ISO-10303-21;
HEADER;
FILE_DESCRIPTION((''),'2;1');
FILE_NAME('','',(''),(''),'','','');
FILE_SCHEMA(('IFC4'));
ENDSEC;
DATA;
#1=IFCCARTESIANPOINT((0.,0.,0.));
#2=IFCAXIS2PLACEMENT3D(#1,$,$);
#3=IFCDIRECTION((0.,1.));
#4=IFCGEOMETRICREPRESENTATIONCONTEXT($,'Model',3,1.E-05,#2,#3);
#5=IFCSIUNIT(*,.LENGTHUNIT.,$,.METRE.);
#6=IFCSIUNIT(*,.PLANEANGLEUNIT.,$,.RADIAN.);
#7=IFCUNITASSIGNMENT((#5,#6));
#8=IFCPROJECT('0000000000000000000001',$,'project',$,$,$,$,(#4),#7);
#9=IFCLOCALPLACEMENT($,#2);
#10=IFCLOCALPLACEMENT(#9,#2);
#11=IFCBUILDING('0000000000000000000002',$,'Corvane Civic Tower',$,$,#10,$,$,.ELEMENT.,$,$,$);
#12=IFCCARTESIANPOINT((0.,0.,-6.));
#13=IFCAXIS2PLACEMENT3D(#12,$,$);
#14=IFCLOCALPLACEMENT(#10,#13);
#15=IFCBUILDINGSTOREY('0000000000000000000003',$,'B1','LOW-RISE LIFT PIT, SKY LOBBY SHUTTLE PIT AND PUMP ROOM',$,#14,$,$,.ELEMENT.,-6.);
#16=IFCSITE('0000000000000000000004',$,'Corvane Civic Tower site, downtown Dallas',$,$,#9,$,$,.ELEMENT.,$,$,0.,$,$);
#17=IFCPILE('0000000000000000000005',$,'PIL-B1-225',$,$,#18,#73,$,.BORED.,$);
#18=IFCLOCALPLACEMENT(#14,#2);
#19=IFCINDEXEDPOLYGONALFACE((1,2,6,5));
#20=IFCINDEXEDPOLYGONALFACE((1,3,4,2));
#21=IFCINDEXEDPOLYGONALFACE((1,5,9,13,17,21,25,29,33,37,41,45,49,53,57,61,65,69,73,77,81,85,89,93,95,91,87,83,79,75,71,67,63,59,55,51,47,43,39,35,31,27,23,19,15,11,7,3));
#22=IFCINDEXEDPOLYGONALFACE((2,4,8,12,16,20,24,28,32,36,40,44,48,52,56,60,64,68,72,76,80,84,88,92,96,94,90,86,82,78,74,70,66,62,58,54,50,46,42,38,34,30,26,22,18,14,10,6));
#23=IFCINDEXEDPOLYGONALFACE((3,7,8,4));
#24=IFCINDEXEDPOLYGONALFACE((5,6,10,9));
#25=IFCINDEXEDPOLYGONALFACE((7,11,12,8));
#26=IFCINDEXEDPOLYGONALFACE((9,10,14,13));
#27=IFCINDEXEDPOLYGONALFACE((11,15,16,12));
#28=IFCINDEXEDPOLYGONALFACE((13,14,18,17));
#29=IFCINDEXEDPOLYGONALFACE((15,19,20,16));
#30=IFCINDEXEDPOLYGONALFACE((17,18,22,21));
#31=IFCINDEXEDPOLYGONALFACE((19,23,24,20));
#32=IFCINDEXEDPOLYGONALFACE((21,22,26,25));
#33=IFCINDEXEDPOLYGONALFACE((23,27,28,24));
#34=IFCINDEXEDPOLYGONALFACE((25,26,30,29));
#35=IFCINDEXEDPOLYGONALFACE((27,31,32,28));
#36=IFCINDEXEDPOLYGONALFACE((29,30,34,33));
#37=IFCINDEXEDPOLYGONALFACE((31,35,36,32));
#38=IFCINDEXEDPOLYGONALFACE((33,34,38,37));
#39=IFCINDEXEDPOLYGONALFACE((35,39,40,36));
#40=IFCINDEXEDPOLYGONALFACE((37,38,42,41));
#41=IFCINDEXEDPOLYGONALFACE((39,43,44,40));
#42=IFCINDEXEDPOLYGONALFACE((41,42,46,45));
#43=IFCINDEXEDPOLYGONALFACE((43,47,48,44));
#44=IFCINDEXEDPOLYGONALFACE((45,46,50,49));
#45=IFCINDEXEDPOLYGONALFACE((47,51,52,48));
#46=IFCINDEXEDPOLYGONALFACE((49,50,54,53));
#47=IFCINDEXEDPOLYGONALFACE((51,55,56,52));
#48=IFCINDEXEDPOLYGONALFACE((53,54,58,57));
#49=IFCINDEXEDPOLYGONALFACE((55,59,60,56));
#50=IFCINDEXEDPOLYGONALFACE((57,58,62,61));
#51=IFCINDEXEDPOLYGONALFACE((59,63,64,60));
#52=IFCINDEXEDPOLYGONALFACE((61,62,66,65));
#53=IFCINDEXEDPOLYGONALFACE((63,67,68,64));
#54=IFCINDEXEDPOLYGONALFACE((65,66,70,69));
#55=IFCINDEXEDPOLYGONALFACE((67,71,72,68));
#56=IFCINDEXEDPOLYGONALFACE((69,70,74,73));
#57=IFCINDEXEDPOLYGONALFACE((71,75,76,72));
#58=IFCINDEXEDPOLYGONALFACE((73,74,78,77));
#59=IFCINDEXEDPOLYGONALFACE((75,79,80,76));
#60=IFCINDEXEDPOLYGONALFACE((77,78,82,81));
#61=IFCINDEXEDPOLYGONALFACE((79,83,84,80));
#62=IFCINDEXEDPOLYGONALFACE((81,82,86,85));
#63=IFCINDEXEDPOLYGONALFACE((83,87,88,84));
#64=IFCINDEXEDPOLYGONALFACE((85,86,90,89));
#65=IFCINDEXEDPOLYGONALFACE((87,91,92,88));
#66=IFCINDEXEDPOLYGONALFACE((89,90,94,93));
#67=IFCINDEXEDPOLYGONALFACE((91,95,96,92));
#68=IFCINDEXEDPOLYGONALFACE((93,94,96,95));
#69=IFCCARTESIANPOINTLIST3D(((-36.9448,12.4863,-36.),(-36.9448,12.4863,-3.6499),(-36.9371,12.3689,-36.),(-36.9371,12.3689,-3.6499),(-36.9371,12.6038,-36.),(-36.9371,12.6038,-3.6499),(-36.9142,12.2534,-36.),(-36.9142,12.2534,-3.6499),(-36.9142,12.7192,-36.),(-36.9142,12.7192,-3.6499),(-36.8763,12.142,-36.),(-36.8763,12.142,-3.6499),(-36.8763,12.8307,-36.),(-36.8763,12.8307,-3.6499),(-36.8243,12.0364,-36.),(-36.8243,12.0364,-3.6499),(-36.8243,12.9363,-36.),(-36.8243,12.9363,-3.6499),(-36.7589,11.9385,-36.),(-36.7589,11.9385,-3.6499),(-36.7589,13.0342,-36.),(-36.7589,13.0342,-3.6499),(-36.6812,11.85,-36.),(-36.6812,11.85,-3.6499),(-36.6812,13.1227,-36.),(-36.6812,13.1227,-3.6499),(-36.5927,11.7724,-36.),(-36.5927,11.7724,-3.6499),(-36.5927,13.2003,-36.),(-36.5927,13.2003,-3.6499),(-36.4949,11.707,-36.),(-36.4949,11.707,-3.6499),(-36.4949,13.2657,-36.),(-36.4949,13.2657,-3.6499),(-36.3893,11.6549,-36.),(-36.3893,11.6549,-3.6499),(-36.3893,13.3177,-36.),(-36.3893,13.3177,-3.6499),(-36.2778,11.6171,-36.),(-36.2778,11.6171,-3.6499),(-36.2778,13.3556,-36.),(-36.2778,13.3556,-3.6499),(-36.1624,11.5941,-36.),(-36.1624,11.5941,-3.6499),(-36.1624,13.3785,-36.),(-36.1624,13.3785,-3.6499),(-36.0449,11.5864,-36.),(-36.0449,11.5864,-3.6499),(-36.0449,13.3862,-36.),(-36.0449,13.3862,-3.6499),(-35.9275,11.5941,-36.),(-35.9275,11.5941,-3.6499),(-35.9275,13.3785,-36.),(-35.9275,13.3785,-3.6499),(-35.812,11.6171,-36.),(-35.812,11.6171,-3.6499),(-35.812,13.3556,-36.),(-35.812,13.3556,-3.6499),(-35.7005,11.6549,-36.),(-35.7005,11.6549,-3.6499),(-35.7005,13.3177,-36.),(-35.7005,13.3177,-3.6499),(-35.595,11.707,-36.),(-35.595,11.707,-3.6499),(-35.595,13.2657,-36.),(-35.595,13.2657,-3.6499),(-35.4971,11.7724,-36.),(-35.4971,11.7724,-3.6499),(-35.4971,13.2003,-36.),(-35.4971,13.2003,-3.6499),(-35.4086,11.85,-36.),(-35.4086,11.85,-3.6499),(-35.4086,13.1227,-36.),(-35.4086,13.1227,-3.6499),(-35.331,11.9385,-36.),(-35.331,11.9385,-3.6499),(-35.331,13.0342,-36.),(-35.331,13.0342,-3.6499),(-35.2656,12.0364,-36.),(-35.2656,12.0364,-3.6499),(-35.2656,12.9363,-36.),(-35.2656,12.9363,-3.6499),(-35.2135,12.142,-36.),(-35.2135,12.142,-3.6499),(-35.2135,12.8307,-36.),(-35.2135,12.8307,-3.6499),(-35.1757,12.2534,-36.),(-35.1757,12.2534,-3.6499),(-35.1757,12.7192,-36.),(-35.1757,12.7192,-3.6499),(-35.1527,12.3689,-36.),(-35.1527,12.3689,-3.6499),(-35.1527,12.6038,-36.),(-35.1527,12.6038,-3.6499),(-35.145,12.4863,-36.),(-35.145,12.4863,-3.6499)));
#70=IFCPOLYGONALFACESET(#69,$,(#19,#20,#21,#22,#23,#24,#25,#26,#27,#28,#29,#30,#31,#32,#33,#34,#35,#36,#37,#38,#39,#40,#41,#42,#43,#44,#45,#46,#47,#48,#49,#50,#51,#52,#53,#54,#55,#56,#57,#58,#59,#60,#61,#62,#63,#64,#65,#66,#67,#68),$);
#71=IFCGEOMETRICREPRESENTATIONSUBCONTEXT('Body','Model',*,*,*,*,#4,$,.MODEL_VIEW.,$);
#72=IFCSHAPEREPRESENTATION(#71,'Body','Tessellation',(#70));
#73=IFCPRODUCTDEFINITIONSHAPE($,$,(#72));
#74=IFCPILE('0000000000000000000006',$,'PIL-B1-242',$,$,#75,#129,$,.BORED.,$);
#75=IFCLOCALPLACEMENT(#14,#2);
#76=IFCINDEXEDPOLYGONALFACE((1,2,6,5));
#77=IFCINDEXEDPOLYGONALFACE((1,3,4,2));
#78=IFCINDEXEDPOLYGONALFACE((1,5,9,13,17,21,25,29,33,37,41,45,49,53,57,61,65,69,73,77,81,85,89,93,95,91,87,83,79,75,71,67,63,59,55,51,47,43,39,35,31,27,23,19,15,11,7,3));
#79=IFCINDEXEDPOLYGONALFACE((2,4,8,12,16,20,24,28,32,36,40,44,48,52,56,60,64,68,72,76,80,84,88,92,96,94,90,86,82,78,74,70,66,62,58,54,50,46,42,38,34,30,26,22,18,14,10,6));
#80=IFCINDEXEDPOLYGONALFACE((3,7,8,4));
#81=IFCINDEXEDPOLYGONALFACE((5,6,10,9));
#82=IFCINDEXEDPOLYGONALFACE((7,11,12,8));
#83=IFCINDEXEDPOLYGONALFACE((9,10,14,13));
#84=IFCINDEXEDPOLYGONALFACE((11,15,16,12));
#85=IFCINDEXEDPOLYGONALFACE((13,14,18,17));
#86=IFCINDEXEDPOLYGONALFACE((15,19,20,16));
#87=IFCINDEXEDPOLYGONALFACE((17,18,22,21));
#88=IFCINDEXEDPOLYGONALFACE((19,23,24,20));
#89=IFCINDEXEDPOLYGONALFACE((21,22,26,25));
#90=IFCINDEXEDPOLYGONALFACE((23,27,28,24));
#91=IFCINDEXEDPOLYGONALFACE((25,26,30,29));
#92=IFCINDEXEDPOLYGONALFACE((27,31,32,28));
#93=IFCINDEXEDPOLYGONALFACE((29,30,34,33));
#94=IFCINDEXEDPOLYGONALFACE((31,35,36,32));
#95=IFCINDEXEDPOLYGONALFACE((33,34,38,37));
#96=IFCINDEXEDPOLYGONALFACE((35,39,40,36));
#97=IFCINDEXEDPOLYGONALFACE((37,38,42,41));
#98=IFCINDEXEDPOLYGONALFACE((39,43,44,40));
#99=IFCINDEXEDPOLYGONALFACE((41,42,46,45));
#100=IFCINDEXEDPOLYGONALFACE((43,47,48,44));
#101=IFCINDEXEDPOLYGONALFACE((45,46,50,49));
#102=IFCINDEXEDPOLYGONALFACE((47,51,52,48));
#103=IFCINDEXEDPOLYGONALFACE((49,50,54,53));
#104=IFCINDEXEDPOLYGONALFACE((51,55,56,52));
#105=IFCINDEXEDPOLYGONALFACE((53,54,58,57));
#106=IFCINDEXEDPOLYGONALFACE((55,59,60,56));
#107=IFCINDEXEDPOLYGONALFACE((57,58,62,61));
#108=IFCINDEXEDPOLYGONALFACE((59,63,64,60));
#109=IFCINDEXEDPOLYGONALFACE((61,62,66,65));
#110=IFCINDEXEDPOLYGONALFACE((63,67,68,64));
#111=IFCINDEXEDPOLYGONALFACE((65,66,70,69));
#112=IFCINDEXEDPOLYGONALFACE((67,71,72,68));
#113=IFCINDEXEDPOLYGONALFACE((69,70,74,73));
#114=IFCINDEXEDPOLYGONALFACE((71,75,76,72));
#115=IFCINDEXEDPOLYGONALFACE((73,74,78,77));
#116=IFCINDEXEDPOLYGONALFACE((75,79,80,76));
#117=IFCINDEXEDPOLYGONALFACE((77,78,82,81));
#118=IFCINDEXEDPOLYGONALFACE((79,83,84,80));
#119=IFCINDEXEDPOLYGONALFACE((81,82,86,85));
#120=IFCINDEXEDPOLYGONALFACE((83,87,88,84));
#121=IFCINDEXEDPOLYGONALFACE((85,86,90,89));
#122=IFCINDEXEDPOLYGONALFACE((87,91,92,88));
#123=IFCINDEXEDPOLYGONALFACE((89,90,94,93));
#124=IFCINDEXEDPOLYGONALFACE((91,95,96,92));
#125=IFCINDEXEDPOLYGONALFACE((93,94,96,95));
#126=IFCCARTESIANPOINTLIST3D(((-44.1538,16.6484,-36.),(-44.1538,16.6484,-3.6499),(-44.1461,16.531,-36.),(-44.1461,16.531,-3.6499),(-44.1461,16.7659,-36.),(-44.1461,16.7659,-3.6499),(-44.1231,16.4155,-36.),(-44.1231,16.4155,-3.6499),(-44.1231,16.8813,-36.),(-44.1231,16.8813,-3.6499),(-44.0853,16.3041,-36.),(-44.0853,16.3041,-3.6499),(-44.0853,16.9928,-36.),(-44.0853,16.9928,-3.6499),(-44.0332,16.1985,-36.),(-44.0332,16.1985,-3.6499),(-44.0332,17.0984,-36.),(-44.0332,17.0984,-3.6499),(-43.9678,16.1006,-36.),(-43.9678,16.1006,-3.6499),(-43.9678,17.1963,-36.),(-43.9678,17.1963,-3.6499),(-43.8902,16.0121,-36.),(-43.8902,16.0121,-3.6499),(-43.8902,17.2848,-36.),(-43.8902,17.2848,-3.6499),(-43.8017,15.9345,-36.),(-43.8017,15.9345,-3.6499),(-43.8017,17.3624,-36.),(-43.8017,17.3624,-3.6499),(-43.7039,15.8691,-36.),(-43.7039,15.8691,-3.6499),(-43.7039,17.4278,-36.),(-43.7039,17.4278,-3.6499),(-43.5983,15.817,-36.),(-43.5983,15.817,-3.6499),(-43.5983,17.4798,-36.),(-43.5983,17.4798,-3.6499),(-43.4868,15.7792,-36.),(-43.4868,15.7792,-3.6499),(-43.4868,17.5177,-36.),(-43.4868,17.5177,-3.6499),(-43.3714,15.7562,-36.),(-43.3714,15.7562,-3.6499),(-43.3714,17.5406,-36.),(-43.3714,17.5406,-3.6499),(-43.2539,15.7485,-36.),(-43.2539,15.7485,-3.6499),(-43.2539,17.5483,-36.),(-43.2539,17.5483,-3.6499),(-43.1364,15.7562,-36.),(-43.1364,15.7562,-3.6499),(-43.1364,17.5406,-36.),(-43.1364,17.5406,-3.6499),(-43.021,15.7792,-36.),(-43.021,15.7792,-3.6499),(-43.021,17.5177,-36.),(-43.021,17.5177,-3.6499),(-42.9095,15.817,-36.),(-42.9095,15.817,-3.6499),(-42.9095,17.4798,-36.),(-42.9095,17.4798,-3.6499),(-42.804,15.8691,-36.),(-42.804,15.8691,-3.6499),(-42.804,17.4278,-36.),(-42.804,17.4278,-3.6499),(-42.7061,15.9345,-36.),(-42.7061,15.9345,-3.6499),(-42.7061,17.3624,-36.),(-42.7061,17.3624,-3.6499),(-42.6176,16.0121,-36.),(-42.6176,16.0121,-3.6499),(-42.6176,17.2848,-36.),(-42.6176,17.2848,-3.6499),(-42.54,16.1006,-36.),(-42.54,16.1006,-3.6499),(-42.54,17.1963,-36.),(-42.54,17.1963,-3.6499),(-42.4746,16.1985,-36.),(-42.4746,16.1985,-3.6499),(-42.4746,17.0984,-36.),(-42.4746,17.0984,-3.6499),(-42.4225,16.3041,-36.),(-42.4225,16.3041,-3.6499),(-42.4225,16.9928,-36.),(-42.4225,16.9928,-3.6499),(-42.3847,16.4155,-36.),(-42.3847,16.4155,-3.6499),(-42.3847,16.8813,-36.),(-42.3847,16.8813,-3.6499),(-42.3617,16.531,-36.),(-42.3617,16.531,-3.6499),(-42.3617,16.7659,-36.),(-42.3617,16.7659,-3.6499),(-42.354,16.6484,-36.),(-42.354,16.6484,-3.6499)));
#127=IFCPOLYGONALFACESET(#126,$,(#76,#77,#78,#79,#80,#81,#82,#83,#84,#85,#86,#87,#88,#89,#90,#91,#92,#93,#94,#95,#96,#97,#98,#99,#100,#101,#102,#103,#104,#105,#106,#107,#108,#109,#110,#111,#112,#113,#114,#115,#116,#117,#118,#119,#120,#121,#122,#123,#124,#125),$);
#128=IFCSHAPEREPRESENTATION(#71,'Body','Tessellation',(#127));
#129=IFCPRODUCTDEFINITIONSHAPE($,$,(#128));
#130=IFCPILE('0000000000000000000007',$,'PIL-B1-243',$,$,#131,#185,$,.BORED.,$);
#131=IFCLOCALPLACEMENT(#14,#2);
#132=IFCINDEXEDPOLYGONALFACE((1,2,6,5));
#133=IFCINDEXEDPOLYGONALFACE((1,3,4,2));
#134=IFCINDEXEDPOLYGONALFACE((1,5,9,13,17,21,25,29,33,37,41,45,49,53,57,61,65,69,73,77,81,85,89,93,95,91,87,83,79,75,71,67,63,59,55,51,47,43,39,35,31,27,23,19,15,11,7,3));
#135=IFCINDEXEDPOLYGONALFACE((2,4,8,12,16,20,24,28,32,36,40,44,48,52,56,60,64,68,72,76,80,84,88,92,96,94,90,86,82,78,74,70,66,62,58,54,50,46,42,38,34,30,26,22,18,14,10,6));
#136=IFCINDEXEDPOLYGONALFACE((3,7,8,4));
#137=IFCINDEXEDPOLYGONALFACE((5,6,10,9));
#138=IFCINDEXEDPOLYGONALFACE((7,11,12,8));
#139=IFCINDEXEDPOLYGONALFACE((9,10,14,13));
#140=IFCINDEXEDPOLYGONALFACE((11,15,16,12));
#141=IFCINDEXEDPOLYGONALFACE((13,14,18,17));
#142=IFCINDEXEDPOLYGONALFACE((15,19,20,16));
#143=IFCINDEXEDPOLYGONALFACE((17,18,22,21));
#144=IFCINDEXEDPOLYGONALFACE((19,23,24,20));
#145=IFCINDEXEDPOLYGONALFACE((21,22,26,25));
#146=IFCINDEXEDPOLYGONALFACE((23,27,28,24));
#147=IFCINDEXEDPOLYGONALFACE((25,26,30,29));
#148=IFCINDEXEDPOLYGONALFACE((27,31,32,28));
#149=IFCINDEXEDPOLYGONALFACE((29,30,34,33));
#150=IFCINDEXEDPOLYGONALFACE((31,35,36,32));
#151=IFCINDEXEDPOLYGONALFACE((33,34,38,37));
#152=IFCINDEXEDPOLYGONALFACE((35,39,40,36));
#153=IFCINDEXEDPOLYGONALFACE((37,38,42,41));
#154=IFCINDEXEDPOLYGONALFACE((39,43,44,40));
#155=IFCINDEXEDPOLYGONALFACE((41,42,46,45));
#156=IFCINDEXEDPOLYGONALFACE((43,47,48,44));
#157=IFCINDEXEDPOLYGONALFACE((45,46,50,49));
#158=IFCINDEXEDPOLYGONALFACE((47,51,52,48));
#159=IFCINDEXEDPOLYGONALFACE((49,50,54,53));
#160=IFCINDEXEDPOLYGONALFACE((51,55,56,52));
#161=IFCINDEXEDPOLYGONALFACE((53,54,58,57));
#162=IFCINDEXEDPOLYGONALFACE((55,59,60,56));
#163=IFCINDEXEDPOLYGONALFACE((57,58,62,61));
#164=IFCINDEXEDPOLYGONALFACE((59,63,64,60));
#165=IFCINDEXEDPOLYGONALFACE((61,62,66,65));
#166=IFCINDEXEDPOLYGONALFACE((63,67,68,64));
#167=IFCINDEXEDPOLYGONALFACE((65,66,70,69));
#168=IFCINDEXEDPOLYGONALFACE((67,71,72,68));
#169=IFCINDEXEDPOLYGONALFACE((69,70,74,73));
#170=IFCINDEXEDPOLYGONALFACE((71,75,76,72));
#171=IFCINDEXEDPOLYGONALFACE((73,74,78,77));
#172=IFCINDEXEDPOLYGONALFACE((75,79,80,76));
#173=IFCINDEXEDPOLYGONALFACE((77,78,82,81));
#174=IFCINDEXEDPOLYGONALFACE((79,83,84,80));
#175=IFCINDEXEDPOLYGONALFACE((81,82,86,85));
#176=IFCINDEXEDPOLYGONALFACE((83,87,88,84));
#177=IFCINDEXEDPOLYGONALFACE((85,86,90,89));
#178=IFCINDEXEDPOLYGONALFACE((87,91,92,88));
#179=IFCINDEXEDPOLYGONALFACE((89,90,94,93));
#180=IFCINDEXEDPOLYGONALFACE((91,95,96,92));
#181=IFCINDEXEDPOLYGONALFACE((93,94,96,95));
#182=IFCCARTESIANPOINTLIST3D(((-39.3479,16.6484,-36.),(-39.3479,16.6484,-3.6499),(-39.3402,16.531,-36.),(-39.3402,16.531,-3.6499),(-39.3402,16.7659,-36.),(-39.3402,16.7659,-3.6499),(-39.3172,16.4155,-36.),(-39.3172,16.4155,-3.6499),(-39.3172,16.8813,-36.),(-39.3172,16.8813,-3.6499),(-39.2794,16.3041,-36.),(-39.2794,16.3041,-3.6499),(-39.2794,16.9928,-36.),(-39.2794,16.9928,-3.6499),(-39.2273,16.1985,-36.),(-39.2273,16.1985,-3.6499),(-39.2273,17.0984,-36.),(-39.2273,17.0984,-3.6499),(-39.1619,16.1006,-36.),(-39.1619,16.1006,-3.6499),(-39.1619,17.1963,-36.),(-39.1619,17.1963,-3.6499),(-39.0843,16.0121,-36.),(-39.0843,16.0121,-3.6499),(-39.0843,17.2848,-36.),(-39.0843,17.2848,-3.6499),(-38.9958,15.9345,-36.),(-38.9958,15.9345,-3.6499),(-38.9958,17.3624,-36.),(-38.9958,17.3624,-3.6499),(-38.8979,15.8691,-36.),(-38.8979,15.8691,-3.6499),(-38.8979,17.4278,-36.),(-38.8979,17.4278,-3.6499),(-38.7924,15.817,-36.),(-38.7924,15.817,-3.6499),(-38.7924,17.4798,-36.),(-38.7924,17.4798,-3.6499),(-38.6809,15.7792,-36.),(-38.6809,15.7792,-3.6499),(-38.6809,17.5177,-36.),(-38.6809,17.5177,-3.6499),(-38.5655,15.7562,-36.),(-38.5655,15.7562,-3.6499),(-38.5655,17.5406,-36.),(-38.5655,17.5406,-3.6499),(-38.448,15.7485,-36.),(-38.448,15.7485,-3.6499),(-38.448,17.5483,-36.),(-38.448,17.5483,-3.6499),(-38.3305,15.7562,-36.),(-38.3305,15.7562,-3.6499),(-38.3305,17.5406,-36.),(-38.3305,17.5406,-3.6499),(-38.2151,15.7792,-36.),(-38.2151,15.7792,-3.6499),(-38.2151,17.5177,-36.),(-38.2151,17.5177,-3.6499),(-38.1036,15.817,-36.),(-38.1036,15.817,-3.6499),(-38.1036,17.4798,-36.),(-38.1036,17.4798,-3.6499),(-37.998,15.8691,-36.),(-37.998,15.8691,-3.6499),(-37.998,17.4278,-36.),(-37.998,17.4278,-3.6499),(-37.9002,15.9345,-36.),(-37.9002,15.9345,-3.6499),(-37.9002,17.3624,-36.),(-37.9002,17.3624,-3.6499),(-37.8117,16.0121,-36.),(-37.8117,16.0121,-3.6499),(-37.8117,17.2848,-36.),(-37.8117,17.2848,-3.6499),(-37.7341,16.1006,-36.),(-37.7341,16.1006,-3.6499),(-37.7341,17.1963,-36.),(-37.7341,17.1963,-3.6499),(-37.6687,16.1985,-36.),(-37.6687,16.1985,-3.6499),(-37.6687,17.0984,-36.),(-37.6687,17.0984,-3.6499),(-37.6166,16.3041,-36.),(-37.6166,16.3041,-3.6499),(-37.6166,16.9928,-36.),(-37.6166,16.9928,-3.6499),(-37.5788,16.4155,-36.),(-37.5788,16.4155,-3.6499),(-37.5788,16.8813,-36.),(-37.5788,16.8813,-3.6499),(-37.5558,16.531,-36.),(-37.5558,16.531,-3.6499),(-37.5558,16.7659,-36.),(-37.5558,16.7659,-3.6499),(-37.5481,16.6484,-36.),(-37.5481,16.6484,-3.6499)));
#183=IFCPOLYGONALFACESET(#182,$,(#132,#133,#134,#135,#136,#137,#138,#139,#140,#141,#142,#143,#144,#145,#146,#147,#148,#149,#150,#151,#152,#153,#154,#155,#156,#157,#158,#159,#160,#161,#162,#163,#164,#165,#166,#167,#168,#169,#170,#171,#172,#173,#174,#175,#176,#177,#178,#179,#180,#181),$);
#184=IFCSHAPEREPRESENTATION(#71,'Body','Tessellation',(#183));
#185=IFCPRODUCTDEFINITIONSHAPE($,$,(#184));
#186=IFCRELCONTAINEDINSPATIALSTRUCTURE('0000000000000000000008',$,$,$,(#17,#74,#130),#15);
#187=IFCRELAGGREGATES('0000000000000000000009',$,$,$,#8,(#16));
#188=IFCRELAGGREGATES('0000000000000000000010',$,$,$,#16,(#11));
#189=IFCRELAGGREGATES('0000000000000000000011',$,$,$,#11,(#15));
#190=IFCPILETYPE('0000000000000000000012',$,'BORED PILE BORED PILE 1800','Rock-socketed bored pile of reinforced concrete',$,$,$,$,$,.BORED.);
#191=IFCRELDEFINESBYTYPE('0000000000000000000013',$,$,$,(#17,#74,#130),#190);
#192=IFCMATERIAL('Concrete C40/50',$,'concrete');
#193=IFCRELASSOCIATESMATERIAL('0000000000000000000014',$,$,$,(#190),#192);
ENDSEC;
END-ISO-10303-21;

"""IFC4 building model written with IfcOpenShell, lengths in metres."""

from ifc_helpers import new_model, si_unit, direction, frame, origin, origin_2d, place, context, subcontext, project, spatial, circle, extrude, material, material_profile, profile_set, type_object, element, save


model = new_model("IFC4")

# Units and contexts
model_context = context("Model", 3, precision=1e-05, world=origin(), true_north=direction((0.0, 1.0)))
body_context = subcontext(model_context, "Body", "Model", "MODEL_VIEW")
ifc_project = project(units=[si_unit("LENGTHUNIT", "METRE"), si_unit("PLANEANGLEUNIT", "RADIAN")], contexts=[model_context])

# Site, building, storey
site_placement = place(None, origin())
site = spatial("IfcSite", under=ifc_project, at=site_placement, Name="Corvane Civic Tower site, downtown Dallas", CompositionType="ELEMENT", RefElevation=0.0)
building_placement = place(site_placement, origin())
building = spatial("IfcBuilding", under=site, at=building_placement, Name="Corvane Civic Tower", CompositionType="ELEMENT")
storey_placement = place(building_placement, frame((0.0, 0.0, -6.0)))
storey = spatial("IfcBuildingStorey", under=building, at=storey_placement, Name="B1", Description="LOW-RISE LIFT PIT, SKY LOBBY SHUTTLE PIT AND PUMP ROOM", CompositionType="ELEMENT", Elevation=-6.0)

# Piles
ifc_material_1 = material(Name="Concrete C40/50", Category="concrete")
ifc_material_profile_1 = material_profile(ifc_material_1, circle(Radius=0.8999, at=origin_2d()), Name="BORED PILE 1800")
ifc_profile_set_1 = profile_set([ifc_material_profile_1], Name="Concrete C40/50")
pile_type_1 = type_object("IfcPileType", Name="BORED PILE BORED PILE 1800", Description="Rock-socketed bored pile of reinforced concrete", PredefinedType="BORED", material=ifc_profile_set_1)
for number, where, z_axis, x_axis, name in (
    (1, (-36.0449, 12.4863, -3.6499), (0.0, 0.0, -1.0), (1.0, 0.0, 0.0), "PIL-B1-225"),
    (2, (-43.2539, 16.6484, -3.6499), (0.0, 0.0, -1.0), (1.0, 0.0, 0.0), "PIL-B1-242"),
    (3, (-38.448, 16.6484, -3.6499), (0.0, 0.0, -1.0), (1.0, 0.0, 0.0), "PIL-B1-243"),
):
    element("IfcPile", number, at=place(storey_placement, frame(where, z_axis=z_axis, x_axis=x_axis)), inside=storey, type_object=pile_type_1, Name=name, PredefinedType="BORED", context=body_context, shape_type="SweptSolid", body=[
        extrude(circle(Radius=0.8999, at=origin_2d()), origin(), (0.0, 0.0, 1.0), 32.3501),
    ])

save(model, "model.ifc")
